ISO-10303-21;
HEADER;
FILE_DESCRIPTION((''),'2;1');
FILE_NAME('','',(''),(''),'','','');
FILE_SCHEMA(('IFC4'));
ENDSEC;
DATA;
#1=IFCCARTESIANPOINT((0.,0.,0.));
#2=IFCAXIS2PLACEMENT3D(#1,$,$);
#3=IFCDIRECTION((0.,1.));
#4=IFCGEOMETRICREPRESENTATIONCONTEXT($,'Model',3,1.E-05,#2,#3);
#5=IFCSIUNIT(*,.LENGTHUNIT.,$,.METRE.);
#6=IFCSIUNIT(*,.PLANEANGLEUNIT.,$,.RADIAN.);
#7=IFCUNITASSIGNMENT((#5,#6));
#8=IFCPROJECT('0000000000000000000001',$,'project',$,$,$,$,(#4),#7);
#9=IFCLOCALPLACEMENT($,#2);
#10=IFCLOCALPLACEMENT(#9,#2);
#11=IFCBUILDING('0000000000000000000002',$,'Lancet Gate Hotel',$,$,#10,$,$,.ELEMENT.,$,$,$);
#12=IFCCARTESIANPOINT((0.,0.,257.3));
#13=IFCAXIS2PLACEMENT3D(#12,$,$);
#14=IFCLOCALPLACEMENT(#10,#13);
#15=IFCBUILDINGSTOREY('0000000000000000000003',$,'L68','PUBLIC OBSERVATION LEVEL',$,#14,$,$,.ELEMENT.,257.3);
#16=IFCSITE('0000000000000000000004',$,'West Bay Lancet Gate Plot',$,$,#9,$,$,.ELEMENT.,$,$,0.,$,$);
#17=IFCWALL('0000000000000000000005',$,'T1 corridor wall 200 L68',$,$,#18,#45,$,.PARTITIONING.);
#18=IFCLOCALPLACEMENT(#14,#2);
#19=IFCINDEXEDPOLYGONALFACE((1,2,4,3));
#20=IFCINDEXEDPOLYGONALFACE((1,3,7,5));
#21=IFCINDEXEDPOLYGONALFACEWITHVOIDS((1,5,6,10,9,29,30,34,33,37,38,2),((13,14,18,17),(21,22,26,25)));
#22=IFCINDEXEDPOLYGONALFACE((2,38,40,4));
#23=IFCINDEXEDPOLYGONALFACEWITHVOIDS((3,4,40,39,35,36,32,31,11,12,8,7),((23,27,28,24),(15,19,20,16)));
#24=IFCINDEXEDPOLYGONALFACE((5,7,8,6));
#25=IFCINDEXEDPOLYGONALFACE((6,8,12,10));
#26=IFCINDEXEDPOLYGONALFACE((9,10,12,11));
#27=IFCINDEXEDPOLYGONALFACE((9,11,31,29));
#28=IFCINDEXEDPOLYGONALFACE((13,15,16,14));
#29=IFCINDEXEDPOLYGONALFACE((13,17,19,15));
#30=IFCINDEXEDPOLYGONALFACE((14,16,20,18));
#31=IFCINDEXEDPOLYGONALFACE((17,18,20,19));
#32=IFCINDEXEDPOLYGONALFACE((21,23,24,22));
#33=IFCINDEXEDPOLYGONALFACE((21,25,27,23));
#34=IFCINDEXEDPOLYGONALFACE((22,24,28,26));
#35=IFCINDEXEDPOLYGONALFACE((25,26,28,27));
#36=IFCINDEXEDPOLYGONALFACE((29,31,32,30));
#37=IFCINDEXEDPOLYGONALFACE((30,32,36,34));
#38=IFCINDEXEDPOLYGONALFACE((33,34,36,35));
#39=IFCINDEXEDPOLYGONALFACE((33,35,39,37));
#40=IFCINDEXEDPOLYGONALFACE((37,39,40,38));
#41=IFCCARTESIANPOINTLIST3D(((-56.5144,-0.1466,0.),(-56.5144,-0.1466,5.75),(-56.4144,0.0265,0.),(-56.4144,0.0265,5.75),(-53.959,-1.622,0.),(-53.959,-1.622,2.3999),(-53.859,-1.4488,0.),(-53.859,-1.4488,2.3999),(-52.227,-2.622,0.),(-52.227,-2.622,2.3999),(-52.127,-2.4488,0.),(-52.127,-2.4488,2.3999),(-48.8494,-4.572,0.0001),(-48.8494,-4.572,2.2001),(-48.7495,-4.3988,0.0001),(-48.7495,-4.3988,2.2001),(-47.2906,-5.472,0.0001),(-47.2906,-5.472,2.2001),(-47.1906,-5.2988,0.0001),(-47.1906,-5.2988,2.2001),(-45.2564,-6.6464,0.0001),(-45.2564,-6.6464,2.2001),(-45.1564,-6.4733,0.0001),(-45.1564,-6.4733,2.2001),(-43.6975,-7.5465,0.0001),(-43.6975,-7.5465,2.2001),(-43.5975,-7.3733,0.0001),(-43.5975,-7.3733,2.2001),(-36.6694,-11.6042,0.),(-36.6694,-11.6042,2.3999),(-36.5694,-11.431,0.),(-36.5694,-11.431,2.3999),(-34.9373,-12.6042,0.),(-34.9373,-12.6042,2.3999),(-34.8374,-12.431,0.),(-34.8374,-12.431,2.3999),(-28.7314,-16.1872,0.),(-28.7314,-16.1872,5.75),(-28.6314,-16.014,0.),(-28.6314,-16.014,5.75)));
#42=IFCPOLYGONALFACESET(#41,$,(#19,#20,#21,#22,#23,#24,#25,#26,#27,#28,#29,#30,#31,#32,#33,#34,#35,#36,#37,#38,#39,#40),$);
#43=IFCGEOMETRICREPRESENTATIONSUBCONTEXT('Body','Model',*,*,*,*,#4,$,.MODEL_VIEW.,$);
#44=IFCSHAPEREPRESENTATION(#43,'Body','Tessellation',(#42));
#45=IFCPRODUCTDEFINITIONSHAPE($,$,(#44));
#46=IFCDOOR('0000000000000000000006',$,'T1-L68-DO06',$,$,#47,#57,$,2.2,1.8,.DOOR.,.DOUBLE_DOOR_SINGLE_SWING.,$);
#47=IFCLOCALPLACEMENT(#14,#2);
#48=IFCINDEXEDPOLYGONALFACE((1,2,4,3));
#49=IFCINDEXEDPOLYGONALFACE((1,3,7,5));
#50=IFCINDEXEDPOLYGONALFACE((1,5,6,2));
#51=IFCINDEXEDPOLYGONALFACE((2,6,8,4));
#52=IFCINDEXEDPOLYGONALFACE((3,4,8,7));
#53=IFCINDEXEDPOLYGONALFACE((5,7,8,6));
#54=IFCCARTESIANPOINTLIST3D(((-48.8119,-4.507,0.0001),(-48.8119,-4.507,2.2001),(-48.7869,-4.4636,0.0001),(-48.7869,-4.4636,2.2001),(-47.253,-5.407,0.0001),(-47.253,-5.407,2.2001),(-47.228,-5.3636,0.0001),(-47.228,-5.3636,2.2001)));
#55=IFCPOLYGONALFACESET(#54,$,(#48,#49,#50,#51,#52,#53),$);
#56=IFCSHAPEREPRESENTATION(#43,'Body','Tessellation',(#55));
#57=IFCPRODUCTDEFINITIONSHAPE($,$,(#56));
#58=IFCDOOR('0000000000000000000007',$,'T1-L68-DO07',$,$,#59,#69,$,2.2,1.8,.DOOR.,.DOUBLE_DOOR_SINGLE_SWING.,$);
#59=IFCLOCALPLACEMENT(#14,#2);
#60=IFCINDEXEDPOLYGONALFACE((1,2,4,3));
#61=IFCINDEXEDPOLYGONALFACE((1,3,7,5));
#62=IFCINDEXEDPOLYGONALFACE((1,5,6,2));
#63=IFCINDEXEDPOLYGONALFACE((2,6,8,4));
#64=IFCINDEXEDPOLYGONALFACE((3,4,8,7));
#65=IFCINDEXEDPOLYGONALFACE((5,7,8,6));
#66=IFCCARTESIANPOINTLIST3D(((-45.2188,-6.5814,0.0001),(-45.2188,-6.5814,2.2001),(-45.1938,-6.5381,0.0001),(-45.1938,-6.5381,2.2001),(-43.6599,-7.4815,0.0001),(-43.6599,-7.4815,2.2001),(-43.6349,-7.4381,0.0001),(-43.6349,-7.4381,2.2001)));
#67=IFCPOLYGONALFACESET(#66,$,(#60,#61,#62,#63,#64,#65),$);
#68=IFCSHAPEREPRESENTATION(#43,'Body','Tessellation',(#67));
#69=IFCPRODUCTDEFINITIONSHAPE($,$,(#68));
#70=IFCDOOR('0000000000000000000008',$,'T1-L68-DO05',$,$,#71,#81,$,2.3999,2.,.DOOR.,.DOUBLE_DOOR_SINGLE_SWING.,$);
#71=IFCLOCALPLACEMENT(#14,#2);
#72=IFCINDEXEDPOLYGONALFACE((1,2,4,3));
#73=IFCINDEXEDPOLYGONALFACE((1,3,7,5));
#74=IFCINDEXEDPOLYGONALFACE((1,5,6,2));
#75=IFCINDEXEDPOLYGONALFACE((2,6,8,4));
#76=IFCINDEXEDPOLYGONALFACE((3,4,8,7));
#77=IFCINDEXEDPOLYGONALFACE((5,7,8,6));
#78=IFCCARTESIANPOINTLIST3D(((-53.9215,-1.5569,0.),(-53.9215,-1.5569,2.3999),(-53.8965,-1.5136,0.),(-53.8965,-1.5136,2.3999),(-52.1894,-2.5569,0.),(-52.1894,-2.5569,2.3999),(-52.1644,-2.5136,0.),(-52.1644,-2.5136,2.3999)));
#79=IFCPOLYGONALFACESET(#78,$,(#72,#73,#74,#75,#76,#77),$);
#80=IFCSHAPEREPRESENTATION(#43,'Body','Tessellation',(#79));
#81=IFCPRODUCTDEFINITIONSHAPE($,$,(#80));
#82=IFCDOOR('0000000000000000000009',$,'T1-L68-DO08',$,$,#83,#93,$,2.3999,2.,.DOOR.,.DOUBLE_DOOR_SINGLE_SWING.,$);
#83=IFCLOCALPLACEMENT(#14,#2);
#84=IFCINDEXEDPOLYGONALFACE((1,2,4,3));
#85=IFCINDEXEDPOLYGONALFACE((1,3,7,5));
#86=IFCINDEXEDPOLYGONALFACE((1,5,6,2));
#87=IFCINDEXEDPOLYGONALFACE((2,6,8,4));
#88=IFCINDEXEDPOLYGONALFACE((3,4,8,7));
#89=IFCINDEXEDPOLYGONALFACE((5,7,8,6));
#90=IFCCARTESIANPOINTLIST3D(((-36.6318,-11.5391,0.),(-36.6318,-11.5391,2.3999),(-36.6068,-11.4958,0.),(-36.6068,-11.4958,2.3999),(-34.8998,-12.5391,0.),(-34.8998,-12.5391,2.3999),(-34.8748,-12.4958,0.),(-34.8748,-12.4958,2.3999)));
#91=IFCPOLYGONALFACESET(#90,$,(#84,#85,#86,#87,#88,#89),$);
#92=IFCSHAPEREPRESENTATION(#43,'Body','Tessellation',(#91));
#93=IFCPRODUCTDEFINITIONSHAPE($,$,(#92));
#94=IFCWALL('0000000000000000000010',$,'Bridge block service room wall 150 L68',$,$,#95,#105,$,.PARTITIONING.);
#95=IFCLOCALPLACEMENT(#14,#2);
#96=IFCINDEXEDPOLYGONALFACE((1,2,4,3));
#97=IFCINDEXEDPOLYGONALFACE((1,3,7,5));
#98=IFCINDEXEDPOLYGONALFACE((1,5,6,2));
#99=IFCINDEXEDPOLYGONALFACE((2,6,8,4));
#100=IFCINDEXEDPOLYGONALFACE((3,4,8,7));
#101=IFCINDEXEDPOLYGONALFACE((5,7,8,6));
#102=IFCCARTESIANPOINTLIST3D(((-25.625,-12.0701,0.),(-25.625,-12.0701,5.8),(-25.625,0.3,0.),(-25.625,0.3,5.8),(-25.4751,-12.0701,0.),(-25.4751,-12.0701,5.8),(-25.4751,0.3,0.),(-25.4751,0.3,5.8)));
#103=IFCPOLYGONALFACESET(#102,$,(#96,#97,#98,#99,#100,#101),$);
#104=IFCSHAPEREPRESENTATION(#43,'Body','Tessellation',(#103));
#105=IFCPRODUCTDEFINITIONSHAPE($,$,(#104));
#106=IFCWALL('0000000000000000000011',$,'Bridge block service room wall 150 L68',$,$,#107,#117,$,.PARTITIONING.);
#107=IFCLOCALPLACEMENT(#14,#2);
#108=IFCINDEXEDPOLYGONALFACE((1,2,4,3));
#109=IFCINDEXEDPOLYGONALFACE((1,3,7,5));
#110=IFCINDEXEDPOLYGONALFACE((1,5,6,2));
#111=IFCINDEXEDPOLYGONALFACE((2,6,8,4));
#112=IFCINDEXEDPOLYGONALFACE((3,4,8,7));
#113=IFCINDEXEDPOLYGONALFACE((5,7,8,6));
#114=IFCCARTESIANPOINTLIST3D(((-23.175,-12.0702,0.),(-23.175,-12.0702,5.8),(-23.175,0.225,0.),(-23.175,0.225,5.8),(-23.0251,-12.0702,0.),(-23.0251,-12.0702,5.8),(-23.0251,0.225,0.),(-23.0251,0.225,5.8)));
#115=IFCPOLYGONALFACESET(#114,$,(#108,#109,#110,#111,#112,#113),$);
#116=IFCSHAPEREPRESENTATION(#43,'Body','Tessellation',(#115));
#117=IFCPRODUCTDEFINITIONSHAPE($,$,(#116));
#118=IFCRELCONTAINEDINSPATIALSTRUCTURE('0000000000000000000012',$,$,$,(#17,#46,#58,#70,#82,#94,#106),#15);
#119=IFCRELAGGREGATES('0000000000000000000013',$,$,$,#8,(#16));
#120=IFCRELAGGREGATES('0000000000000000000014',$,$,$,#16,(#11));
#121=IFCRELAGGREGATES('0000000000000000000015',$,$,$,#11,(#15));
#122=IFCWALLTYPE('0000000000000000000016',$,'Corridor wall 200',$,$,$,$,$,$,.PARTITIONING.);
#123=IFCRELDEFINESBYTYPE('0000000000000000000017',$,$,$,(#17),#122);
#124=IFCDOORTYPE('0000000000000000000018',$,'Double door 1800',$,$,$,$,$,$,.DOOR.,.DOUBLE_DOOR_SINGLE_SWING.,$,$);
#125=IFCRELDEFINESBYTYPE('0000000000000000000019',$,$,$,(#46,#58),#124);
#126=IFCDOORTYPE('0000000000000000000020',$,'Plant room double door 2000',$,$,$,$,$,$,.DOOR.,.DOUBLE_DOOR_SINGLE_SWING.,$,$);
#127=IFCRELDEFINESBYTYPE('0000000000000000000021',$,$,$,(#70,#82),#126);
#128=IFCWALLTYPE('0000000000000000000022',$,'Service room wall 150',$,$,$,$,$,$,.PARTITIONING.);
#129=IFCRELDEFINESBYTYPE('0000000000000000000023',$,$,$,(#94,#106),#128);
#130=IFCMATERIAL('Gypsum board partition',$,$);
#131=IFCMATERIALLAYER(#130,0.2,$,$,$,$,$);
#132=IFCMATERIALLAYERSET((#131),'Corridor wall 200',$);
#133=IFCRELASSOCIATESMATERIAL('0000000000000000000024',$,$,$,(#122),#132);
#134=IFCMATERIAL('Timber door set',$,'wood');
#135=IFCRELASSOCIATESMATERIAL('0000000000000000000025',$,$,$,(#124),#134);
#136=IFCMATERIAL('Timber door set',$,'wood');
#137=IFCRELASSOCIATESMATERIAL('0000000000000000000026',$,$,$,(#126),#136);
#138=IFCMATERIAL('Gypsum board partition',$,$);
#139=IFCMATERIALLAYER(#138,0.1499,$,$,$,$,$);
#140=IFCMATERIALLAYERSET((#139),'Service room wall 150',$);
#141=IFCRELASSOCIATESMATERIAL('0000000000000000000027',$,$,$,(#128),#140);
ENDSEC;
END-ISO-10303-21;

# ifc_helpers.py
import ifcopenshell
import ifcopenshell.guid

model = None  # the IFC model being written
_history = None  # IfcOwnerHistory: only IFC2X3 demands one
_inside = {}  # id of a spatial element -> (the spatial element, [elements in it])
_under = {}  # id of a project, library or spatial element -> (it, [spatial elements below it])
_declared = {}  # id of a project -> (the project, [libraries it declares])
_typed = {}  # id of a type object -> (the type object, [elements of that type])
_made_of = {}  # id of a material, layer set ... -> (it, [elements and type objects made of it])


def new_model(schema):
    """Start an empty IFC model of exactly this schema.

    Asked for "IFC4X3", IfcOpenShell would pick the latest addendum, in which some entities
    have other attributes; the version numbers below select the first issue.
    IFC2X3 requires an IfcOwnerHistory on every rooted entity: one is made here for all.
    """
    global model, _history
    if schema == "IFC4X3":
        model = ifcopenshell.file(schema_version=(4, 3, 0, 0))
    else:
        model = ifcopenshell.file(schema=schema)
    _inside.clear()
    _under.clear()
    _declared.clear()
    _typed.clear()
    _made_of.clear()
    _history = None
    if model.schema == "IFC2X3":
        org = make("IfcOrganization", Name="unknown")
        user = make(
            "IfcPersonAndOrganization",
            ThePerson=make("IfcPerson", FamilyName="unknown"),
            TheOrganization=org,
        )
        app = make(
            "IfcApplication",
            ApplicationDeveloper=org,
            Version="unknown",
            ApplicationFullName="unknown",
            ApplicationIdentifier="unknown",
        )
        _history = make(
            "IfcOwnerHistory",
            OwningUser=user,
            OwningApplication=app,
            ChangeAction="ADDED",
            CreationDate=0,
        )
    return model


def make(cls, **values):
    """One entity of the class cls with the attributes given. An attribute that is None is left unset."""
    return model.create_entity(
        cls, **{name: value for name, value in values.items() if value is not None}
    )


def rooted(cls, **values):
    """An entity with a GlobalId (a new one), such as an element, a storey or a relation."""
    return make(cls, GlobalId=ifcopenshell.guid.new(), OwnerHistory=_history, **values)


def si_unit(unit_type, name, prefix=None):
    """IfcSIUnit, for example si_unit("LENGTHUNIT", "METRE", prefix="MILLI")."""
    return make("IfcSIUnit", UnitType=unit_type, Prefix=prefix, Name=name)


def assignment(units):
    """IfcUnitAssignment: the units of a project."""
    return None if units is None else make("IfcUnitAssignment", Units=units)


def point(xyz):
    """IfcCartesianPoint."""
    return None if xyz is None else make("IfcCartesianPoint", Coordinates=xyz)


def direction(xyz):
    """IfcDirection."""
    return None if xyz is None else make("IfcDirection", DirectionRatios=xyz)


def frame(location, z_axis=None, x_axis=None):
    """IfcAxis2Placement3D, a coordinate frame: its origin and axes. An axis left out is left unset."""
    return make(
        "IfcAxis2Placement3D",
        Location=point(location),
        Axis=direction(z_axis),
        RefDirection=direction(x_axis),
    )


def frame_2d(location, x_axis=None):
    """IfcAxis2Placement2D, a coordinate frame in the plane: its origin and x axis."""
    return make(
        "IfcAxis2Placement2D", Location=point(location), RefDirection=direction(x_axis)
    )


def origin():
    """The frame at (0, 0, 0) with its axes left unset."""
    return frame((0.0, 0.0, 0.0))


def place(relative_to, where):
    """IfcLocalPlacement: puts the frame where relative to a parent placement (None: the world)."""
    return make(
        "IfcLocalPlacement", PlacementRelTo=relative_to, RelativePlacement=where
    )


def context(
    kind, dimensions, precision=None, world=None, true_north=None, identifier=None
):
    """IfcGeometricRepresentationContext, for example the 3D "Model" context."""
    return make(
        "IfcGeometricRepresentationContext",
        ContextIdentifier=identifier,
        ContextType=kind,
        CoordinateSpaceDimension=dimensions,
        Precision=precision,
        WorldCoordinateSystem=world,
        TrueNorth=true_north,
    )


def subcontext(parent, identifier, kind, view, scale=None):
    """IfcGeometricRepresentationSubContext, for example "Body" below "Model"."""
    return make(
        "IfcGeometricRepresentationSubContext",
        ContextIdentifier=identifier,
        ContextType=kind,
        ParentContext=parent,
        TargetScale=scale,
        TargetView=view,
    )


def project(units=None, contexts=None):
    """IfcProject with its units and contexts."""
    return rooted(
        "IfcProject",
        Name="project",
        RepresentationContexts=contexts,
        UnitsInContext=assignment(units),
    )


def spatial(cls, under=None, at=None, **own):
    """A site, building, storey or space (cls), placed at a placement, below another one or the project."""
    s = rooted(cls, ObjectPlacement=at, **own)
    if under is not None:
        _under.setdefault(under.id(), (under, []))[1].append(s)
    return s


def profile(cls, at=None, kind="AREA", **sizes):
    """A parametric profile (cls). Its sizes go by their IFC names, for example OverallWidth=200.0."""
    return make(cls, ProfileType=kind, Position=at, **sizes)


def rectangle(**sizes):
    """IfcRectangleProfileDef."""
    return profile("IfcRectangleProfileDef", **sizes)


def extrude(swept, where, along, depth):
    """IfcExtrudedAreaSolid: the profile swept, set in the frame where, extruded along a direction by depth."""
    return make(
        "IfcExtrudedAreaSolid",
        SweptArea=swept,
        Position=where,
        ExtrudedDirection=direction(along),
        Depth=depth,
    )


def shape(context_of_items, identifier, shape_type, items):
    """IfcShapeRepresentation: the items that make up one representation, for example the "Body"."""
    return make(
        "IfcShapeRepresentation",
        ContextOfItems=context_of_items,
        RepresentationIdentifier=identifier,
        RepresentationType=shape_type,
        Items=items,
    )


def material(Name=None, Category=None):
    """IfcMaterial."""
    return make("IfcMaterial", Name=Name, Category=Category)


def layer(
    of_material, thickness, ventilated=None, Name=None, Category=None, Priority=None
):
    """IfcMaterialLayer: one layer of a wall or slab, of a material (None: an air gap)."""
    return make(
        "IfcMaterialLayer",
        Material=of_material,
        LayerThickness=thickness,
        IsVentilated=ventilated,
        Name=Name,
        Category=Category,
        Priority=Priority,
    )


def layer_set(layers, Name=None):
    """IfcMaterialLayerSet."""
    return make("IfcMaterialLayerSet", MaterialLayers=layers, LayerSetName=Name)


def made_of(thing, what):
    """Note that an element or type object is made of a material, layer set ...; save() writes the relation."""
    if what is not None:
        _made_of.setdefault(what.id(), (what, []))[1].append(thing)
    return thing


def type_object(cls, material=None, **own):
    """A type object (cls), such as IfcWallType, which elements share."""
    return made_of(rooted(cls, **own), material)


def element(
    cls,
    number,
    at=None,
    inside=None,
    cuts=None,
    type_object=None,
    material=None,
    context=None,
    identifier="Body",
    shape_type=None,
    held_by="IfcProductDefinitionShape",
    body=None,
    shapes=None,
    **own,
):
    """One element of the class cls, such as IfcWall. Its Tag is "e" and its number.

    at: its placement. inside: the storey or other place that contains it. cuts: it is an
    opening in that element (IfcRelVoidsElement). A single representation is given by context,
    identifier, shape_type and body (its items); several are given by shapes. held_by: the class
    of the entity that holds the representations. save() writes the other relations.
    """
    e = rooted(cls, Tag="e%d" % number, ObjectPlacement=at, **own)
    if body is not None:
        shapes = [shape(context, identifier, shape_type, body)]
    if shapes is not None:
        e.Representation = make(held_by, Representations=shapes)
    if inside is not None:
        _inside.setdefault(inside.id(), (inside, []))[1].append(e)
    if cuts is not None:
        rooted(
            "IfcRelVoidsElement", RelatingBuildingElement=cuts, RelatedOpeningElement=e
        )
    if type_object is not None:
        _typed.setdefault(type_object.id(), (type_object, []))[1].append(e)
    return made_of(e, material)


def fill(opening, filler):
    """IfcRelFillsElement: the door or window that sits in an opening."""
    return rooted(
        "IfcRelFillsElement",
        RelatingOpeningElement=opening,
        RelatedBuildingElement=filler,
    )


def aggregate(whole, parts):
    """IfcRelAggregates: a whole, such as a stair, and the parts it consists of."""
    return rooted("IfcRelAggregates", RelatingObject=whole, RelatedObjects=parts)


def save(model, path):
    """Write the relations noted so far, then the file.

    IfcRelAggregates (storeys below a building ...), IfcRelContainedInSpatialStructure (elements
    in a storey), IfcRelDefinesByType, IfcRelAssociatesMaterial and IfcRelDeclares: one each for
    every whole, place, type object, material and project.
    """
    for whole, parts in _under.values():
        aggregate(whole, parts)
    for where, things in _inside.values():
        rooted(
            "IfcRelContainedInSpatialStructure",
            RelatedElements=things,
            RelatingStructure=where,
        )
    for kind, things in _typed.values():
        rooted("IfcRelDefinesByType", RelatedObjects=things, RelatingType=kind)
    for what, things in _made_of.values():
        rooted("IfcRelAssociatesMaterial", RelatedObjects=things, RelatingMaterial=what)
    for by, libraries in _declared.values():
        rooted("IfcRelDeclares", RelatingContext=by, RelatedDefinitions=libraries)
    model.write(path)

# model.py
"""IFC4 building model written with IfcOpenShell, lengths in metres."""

from ifc_helpers import new_model, si_unit, direction, frame, frame_2d, origin, place, context, subcontext, project, spatial, rectangle, extrude, material, layer, layer_set, type_object, element, fill, save


model = new_model("IFC4")

# Units and contexts
model_context = context("Model", 3, precision=1e-05, world=origin(), true_north=direction((0.0, 1.0)))
body_context = subcontext(model_context, "Body", "Model", "MODEL_VIEW")
ifc_project = project(units=[si_unit("LENGTHUNIT", "METRE"), si_unit("PLANEANGLEUNIT", "RADIAN")], contexts=[model_context])

# Site, building, storey
site_placement = place(None, origin())
site = spatial("IfcSite", under=ifc_project, at=site_placement, Name="West Bay Lancet Gate Plot", CompositionType="ELEMENT", RefElevation=0.0)
building_placement = place(site_placement, origin())
building = spatial("IfcBuilding", under=site, at=building_placement, Name="Lancet Gate Hotel", CompositionType="ELEMENT")
storey_placement = place(building_placement, frame((0.0, 0.0, 257.3)))
storey = spatial("IfcBuildingStorey", under=building, at=storey_placement, Name="L68", Description="PUBLIC OBSERVATION LEVEL", CompositionType="ELEMENT", Elevation=257.3)

# Wall, openings, doors
ifc_material_1 = material(Name="Gypsum board partition")
ifc_layer_1 = layer(ifc_material_1, 0.2)
ifc_layer_set_1 = layer_set([ifc_layer_1], Name="Corridor wall 200")
wall_type_1 = type_object("IfcWallType", Name="Corridor wall 200", PredefinedType="PARTITIONING", material=ifc_layer_set_1)
wall_1_placement = place(storey_placement, frame((-28.6814, -16.1006, 0.0), z_axis=(0.0, 0.0, 1.0), x_axis=(-0.866025, 0.500001, 0.0)))
wall_1 = element("IfcWall", 1, at=wall_1_placement, inside=storey, type_object=wall_type_1, Name="T1 corridor wall 200 L68", PredefinedType="PARTITIONING", context=body_context, shape_type="SweptSolid", body=[
    extrude(rectangle(XDim=32.0811, YDim=0.2, at=frame_2d((16.0405, 0.0))), origin(), (0.0, 0.0, 1.0), 5.75),
])
opening_1_placement = place(wall_1_placement, frame((27.1304, 0.0, 0.0)))
opening_1 = element("IfcOpeningElement", 2, at=opening_1_placement, cuts=wall_1, PredefinedType="OPENING", context=body_context, shape_type="SweptSolid", body=[
    extrude(rectangle(XDim=2.0, YDim=2.3999, at=frame_2d((1.0, 1.2))), frame((0.0, 0.1099, 0.0), z_axis=(0.0, -1.0, 0.0), x_axis=(1.0, 0.0, 0.0)), (0.0, 0.0, 1.0), 0.22),
])
opening_2_placement = place(wall_1_placement, frame((21.4304, 0.0, 0.0)))
opening_2 = element("IfcOpeningElement", 3, at=opening_2_placement, cuts=wall_1, PredefinedType="OPENING", context=body_context, shape_type="SweptSolid", body=[
    extrude(rectangle(XDim=1.8, YDim=2.2, at=frame_2d((0.8999, 1.1001))), frame((0.0, 0.1099, 0.0), z_axis=(0.0, -1.0, 0.0), x_axis=(1.0, 0.0, 0.0)), (0.0, 0.0, 1.0), 0.22),
])
opening_3_placement = place(wall_1_placement, frame((17.2815, 0.0, 0.0)))
opening_3 = element("IfcOpeningElement", 4, at=opening_3_placement, cuts=wall_1, PredefinedType="OPENING", context=body_context, shape_type="SweptSolid", body=[
    extrude(rectangle(XDim=1.8, YDim=2.2, at=frame_2d((0.8999, 1.1001))), frame((0.0, 0.1099, 0.0), z_axis=(0.0, -1.0, 0.0), x_axis=(1.0, 0.0, 0.0)), (0.0, 0.0, 1.0), 0.22),
])
opening_4_placement = place(wall_1_placement, frame((7.166, 0.0, 0.0)))
opening_4 = element("IfcOpeningElement", 5, at=opening_4_placement, cuts=wall_1, PredefinedType="OPENING", context=body_context, shape_type="SweptSolid", body=[
    extrude(rectangle(XDim=2.0, YDim=2.3999, at=frame_2d((1.0, 1.2))), frame((0.0, 0.1099, 0.0), z_axis=(0.0, -1.0, 0.0), x_axis=(1.0, 0.0, 0.0)), (0.0, 0.0, 1.0), 0.22),
])
ifc_material_2 = material(Name="Timber door set", Category="wood")
door_type_1 = type_object("IfcDoorType", Name="Double door 1800", OperationType="DOUBLE_DOOR_SINGLE_SWING", PredefinedType="DOOR", material=ifc_material_2)
door_1_placement = place(opening_2_placement, origin())
door_1 = element("IfcDoor", 6, at=door_1_placement, inside=storey, type_object=door_type_1, Name="T1-L68-DO06", OperationType="DOUBLE_DOOR_SINGLE_SWING", OverallHeight=2.2, OverallWidth=1.8, PredefinedType="DOOR", context=body_context, shape_type="SweptSolid", body=[
    extrude(rectangle(XDim=1.8, YDim=2.2, at=frame_2d((0.8999, 1.1001))), frame((0.0, 0.0249, 0.0), z_axis=(0.0, -1.0, 0.0), x_axis=(1.0, 0.0, 0.0)), (0.0, 0.0, 1.0), 0.05),
])
fill(opening_2, door_1)
door_2_placement = place(opening_3_placement, origin())
door_2 = element("IfcDoor", 7, at=door_2_placement, inside=storey, type_object=door_type_1, Name="T1-L68-DO07", OperationType="DOUBLE_DOOR_SINGLE_SWING", OverallHeight=2.2, OverallWidth=1.8, PredefinedType="DOOR", context=body_context, shape_type="SweptSolid", body=[
    extrude(rectangle(XDim=1.8, YDim=2.2, at=frame_2d((0.8999, 1.1001))), frame((0.0, 0.0249, 0.0), z_axis=(0.0, -1.0, 0.0), x_axis=(1.0, 0.0, 0.0)), (0.0, 0.0, 1.0), 0.05),
])
fill(opening_3, door_2)
ifc_material_3 = material(Name="Timber door set", Category="wood")
door_type_2 = type_object("IfcDoorType", Name="Plant room double door 2000", OperationType="DOUBLE_DOOR_SINGLE_SWING", PredefinedType="DOOR", material=ifc_material_3)
door_3_placement = place(opening_1_placement, origin())
door_3 = element("IfcDoor", 8, at=door_3_placement, inside=storey, type_object=door_type_2, Name="T1-L68-DO05", OperationType="DOUBLE_DOOR_SINGLE_SWING", OverallHeight=2.3999, OverallWidth=2.0, PredefinedType="DOOR", context=body_context, shape_type="SweptSolid", body=[
    extrude(rectangle(XDim=2.0, YDim=2.3999, at=frame_2d((1.0, 1.2))), frame((0.0, 0.0249, 0.0), z_axis=(0.0, -1.0, 0.0), x_axis=(1.0, 0.0, 0.0)), (0.0, 0.0, 1.0), 0.05),
])
fill(opening_1, door_3)
door_4_placement = place(opening_4_placement, origin())
door_4 = element("IfcDoor", 9, at=door_4_placement, inside=storey, type_object=door_type_2, Name="T1-L68-DO08", OperationType="DOUBLE_DOOR_SINGLE_SWING", OverallHeight=2.3999, OverallWidth=2.0, PredefinedType="DOOR", context=body_context, shape_type="SweptSolid", body=[
    extrude(rectangle(XDim=2.0, YDim=2.3999, at=frame_2d((1.0, 1.2))), frame((0.0, 0.0249, 0.0), z_axis=(0.0, -1.0, 0.0), x_axis=(1.0, 0.0, 0.0)), (0.0, 0.0, 1.0), 0.05),
])
fill(opening_4, door_4)

# Walls
ifc_material_4 = material(Name="Gypsum board partition")
ifc_layer_2 = layer(ifc_material_4, 0.1499)
ifc_layer_set_2 = layer_set([ifc_layer_2], Name="Service room wall 150")
wall_type_2 = type_object("IfcWallType", Name="Service room wall 150", PredefinedType="PARTITIONING", material=ifc_layer_set_2)
wall_2_placement = place(storey_placement, frame((-25.55, -12.0701, 0.0), z_axis=(0.0, 0.0, 1.0), x_axis=(0.0, 1.0, 0.0)))
element("IfcWall", 10, at=wall_2_placement, inside=storey, type_object=wall_type_2, Name="Bridge block service room wall 150 L68", PredefinedType="PARTITIONING", context=body_context, shape_type="SweptSolid", body=[
    extrude(rectangle(XDim=12.3701, YDim=0.1499, at=frame_2d((6.1851, 0.0))), origin(), (0.0, 0.0, 1.0), 5.8),
])
wall_3_placement = place(storey_placement, frame((-23.1001, -12.0701, 0.0), z_axis=(0.0, 0.0, 1.0), x_axis=(0.0, 1.0, 0.0)))
element("IfcWall", 11, at=wall_3_placement, inside=storey, type_object=wall_type_2, Name="Bridge block service room wall 150 L68", PredefinedType="PARTITIONING", context=body_context, shape_type="SweptSolid", body=[
    extrude(rectangle(XDim=12.2952, YDim=0.1499, at=frame_2d((6.1475, 0.0))), origin(), (0.0, 0.0, 1.0), 5.8),
])

save(model, "model.ifc")
